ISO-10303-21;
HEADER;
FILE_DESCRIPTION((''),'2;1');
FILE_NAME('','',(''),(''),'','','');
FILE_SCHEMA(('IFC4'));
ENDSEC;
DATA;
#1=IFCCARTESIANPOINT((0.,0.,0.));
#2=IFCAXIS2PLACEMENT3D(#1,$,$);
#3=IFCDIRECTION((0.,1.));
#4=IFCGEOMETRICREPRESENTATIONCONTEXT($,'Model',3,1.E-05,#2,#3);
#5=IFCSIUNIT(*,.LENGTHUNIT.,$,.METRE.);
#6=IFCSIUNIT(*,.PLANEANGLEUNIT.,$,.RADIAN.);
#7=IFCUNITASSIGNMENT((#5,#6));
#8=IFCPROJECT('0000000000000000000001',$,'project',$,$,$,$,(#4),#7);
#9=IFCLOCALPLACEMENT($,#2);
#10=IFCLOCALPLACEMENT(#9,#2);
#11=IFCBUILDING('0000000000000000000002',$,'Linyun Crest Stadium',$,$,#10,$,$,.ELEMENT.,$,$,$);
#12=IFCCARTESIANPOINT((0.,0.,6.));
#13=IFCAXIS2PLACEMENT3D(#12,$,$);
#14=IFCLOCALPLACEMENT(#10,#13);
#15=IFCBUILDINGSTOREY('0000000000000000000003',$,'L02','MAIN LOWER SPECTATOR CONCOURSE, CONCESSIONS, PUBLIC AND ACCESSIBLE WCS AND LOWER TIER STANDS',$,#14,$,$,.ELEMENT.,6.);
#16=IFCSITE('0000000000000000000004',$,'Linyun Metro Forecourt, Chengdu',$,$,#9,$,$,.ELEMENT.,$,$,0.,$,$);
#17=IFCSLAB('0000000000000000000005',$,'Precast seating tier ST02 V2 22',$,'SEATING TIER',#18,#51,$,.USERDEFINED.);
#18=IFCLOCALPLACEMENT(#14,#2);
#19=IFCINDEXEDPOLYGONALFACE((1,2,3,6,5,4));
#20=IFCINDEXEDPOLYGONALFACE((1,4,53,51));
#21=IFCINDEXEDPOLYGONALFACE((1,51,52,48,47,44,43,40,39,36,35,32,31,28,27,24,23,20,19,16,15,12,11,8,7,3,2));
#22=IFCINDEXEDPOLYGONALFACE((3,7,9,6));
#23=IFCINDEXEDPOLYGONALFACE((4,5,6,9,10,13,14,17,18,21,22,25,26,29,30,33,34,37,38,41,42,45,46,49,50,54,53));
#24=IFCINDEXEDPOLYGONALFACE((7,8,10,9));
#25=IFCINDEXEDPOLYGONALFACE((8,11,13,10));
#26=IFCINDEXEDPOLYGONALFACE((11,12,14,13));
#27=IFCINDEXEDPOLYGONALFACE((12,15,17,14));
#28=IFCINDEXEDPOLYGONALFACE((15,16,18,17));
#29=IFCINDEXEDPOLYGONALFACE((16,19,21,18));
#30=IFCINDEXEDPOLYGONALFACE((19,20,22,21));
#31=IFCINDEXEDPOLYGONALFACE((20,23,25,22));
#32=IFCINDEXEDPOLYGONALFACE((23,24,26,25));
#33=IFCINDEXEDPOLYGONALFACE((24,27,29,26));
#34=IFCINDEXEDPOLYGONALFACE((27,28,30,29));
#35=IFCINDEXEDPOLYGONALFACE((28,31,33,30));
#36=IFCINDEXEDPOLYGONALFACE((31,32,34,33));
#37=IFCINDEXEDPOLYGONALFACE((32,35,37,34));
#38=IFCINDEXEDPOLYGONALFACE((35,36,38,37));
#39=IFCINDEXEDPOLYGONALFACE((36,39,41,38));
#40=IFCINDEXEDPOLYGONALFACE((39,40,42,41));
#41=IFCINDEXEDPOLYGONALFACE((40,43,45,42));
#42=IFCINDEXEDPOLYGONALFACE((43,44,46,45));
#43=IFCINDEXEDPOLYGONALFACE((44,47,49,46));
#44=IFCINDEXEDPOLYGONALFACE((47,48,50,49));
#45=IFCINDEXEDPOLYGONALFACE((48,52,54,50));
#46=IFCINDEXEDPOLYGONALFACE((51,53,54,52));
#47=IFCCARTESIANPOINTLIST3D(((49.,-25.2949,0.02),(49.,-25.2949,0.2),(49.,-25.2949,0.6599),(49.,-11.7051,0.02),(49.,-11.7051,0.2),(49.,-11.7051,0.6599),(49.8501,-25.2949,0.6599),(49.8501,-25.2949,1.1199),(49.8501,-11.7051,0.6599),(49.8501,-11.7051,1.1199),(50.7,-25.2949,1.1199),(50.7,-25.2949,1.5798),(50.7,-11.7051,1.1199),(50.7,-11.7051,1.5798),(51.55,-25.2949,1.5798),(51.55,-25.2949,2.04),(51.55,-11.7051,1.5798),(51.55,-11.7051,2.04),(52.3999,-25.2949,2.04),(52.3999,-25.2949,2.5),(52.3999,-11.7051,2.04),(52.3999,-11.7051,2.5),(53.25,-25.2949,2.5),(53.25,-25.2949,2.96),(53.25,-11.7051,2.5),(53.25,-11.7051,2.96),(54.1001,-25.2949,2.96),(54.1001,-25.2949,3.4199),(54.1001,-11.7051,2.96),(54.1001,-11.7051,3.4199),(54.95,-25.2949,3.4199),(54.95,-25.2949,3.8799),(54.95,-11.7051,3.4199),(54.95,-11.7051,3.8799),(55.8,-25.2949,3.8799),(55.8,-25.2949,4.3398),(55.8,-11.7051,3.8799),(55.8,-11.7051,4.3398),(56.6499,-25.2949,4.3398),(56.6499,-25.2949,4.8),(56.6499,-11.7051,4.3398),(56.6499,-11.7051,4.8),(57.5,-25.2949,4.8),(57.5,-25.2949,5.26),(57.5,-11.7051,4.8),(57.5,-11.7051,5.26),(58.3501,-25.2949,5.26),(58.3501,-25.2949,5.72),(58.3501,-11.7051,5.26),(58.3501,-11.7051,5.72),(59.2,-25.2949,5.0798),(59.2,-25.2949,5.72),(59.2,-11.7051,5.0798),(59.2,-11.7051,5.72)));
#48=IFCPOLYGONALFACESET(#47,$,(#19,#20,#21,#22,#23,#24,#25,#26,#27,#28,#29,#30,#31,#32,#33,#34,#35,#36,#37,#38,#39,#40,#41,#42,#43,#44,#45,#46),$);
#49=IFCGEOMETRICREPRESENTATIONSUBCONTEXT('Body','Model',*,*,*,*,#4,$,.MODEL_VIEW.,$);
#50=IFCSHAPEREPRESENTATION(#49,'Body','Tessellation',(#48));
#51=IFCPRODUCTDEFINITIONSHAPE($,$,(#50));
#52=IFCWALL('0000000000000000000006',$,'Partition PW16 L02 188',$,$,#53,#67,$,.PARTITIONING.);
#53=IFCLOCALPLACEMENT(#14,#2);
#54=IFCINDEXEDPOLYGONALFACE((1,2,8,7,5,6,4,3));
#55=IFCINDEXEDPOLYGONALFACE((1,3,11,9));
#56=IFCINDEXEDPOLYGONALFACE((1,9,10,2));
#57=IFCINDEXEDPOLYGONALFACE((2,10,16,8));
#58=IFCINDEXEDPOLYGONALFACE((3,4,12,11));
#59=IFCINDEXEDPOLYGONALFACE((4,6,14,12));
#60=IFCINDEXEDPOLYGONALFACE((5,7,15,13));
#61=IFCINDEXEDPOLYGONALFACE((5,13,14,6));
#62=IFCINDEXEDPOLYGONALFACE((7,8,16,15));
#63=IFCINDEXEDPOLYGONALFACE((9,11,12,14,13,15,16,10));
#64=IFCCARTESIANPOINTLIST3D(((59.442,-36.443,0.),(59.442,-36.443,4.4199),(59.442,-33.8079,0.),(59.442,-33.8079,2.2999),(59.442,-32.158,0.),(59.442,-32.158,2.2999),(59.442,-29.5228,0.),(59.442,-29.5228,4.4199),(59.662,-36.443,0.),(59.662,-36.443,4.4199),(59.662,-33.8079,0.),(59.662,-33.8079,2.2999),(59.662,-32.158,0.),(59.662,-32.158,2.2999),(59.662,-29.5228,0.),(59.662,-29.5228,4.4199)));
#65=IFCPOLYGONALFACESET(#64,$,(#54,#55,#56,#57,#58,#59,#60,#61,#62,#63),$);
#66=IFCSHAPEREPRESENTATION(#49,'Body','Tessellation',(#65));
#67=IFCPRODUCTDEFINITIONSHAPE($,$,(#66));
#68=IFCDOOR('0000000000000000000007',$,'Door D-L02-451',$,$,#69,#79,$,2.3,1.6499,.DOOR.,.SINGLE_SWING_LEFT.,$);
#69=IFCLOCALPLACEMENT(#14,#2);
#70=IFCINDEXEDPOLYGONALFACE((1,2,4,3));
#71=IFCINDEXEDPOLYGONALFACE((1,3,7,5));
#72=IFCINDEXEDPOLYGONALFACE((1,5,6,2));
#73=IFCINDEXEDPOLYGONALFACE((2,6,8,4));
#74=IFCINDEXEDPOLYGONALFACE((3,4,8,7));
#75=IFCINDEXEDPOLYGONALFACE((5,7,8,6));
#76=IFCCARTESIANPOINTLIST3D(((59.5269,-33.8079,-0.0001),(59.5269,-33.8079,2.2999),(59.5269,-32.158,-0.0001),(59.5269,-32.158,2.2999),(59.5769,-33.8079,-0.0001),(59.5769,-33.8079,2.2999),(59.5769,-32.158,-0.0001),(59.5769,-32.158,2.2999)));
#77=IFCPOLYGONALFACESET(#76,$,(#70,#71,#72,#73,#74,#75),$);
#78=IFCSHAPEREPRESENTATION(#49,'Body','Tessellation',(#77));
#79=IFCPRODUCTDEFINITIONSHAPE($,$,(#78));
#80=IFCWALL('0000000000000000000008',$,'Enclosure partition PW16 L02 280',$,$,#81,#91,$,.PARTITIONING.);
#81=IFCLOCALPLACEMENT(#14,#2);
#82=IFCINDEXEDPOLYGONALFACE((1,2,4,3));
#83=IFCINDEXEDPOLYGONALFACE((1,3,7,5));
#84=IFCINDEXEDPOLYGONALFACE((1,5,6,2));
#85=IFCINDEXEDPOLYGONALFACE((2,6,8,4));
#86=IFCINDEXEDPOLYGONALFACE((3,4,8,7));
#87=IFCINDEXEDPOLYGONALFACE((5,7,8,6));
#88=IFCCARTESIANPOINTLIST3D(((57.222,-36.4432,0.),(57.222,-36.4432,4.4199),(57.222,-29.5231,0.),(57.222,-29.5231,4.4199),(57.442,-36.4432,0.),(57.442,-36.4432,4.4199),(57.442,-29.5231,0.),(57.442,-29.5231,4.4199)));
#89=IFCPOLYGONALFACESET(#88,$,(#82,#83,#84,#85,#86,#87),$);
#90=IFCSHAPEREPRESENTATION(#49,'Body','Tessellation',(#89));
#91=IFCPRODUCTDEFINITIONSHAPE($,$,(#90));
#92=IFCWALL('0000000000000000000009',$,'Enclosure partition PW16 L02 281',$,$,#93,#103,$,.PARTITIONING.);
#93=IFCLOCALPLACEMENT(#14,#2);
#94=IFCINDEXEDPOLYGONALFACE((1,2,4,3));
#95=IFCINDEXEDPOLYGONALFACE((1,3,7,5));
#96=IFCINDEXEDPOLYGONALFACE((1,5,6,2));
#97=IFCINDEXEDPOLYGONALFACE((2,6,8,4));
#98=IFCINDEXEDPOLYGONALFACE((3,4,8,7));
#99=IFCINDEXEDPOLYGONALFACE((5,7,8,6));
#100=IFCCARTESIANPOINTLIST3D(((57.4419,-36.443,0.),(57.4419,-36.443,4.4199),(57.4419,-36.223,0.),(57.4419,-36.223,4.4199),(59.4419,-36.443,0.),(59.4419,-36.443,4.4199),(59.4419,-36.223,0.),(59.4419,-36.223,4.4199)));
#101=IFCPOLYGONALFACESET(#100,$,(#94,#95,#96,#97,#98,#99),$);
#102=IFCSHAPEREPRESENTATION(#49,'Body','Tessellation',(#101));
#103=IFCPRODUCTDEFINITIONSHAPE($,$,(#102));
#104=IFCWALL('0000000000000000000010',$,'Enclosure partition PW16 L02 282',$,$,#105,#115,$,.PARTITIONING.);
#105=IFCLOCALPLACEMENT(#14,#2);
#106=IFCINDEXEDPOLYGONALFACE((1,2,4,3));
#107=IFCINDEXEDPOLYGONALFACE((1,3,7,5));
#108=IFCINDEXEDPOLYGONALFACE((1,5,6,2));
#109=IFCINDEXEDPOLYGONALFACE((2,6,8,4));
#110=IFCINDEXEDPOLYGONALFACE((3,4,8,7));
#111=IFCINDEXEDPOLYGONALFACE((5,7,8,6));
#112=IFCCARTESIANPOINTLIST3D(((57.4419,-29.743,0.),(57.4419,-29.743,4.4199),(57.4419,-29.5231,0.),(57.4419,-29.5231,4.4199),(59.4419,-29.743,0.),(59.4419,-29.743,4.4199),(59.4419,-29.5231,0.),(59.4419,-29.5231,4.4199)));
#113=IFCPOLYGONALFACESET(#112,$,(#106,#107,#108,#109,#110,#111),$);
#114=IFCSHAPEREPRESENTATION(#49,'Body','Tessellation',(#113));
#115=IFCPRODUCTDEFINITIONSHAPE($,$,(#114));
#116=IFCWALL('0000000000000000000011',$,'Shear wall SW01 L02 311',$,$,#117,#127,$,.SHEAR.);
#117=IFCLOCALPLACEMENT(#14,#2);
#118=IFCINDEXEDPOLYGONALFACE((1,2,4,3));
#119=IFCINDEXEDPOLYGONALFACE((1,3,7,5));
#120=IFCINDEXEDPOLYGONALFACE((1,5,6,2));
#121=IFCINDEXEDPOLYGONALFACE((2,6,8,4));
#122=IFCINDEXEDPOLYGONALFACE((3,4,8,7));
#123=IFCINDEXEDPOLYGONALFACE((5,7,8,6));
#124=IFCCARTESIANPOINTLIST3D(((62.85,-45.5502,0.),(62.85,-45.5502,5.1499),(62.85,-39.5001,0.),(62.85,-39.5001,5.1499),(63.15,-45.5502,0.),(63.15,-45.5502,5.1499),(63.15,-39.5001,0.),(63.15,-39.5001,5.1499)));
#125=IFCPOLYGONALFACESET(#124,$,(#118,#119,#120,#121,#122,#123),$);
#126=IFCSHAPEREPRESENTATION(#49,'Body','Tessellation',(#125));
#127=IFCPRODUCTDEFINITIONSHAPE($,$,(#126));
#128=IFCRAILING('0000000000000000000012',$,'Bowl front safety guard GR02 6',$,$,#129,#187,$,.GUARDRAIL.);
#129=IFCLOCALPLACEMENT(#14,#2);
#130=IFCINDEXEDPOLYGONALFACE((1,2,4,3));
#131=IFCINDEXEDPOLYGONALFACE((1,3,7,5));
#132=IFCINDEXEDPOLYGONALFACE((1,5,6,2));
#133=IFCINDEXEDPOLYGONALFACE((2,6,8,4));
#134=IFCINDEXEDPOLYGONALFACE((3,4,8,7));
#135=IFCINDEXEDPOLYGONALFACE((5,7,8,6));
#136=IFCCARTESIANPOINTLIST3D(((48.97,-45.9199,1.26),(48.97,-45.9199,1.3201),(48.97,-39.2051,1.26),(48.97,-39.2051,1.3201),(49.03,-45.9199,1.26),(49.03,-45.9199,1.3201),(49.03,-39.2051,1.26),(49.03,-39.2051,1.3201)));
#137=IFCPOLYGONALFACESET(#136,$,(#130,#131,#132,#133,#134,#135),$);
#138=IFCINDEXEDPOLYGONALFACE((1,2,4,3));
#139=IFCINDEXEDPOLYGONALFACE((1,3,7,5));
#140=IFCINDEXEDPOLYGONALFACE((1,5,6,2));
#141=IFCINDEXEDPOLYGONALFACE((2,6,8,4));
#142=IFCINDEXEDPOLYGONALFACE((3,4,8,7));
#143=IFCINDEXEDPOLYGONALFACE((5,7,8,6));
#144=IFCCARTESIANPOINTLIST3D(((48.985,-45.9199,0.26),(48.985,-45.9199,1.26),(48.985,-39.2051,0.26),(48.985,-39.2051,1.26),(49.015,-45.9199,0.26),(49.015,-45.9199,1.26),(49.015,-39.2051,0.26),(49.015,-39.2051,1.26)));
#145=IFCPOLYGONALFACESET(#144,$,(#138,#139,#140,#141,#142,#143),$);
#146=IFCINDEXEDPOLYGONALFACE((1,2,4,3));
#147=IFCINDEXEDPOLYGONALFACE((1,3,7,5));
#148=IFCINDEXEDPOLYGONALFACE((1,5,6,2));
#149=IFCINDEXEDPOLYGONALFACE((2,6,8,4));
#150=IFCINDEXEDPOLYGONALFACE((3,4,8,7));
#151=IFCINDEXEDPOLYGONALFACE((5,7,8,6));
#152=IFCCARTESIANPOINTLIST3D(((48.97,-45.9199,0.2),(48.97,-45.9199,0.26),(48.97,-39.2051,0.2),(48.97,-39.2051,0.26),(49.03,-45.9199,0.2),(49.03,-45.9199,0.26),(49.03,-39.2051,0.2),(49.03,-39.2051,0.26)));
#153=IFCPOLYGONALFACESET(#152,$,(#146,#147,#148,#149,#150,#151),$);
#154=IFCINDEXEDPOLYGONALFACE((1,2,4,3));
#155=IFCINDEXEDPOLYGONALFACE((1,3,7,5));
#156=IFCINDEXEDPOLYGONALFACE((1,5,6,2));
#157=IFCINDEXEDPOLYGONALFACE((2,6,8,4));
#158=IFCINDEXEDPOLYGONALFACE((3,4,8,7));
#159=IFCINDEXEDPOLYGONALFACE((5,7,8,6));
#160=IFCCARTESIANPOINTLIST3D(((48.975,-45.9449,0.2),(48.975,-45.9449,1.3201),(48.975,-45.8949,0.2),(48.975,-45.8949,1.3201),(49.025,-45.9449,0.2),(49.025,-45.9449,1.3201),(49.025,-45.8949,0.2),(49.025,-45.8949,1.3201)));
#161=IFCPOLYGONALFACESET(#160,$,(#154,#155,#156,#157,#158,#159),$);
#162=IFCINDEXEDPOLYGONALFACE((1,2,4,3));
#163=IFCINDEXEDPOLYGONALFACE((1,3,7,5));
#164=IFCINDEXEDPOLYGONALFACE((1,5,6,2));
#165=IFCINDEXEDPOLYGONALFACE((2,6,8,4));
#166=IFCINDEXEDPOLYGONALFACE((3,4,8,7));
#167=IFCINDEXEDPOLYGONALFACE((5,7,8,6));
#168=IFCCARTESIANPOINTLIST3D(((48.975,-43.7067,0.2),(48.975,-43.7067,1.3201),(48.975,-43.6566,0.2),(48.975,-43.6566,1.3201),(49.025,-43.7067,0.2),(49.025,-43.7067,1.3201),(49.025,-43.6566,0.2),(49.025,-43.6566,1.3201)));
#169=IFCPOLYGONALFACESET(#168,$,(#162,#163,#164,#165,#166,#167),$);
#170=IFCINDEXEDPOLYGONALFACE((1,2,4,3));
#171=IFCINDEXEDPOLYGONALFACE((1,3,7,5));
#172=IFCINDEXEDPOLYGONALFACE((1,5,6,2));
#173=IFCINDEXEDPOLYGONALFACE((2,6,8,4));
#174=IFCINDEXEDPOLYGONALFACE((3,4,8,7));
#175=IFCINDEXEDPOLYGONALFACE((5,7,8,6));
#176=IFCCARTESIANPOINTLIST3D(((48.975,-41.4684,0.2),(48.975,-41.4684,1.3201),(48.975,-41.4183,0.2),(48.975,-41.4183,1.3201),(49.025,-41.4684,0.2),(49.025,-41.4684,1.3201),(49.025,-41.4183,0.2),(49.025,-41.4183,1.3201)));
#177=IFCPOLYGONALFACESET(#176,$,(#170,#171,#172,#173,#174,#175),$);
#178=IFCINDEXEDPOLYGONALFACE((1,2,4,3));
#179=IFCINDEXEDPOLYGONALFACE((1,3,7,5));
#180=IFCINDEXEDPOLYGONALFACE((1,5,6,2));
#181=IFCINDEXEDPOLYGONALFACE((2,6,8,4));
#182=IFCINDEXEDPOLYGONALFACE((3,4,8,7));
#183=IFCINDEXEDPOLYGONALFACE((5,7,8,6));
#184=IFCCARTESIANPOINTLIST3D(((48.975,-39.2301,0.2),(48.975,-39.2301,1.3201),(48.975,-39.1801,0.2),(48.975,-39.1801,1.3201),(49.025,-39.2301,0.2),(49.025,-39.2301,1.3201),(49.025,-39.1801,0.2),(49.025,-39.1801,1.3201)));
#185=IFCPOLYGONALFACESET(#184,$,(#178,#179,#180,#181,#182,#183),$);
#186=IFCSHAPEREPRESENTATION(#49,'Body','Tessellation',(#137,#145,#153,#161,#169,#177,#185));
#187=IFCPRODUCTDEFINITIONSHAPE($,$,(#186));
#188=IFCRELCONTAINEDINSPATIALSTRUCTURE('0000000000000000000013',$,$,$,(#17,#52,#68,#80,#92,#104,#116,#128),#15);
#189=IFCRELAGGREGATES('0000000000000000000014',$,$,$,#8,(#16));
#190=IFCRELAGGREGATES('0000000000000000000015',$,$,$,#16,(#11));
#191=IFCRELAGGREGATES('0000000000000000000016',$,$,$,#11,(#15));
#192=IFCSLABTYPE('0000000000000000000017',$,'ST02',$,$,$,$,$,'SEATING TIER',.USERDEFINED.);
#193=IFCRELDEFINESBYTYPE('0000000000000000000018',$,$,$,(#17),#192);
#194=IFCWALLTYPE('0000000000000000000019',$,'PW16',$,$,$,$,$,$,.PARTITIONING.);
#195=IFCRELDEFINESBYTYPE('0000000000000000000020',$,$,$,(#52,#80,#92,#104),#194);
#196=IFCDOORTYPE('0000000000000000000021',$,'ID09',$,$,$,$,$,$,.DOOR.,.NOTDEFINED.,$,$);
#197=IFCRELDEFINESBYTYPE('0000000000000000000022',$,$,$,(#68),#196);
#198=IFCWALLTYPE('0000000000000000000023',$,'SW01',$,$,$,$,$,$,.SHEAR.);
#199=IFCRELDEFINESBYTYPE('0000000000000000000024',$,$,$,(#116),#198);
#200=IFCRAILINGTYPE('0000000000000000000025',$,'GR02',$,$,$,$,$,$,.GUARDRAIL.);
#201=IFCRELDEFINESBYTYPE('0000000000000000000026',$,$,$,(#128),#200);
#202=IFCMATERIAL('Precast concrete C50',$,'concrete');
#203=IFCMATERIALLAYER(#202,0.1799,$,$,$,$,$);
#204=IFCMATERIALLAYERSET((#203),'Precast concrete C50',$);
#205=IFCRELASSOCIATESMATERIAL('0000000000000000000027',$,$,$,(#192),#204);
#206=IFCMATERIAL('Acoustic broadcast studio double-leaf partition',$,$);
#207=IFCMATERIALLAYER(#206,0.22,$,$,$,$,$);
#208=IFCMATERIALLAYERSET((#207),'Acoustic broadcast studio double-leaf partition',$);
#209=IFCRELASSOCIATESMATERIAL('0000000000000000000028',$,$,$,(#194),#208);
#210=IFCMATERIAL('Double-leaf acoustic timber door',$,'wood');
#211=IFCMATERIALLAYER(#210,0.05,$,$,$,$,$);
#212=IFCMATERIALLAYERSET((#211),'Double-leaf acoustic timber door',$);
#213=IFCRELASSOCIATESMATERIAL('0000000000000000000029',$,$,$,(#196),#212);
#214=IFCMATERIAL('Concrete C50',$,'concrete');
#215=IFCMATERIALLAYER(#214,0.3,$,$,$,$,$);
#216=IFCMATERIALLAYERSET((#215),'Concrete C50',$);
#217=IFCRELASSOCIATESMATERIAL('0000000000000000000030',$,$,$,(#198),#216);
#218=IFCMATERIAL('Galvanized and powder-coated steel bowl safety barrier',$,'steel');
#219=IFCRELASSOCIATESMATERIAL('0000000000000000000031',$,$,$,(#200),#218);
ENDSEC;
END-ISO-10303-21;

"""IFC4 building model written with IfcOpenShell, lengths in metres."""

from ifc_helpers import new_model, si_unit, direction, frame, frame_2d, origin, origin_2d, place, context, subcontext, project, spatial, polyline, rectangle, outline, extrude, material, layer, layer_set, type_object, element, fill, save


model = new_model("IFC4")

# Units and contexts
model_context = context("Model", 3, precision=1e-05, world=origin(), true_north=direction((0.0, 1.0)))
body_context = subcontext(model_context, "Body", "Model", "MODEL_VIEW")
ifc_project = project(units=[si_unit("LENGTHUNIT", "METRE"), si_unit("PLANEANGLEUNIT", "RADIAN")], contexts=[model_context])

# Site, building, storey
site_placement = place(None, origin())
site = spatial("IfcSite", under=ifc_project, at=site_placement, Name="Linyun Metro Forecourt, Chengdu", CompositionType="ELEMENT", RefElevation=0.0)
building_placement = place(site_placement, origin())
building = spatial("IfcBuilding", under=site, at=building_placement, Name="Linyun Crest Stadium", CompositionType="ELEMENT")
storey_placement = place(building_placement, frame((0.0, 0.0, 6.0)))
storey = spatial("IfcBuildingStorey", under=building, at=storey_placement, Name="L02", Description="MAIN LOWER SPECTATOR CONCOURSE, CONCESSIONS, PUBLIC AND ACCESSIBLE WCS AND LOWER TIER STANDS", CompositionType="ELEMENT", Elevation=6.0)

# Slab
ifc_material_1 = material(Name="Precast concrete C50", Category="concrete")
ifc_layer_1 = layer(ifc_material_1, 0.1799)
ifc_layer_set_1 = layer_set([ifc_layer_1], Name="Precast concrete C50")
slab_type = type_object("IfcSlabType", Name="ST02", ElementType="SEATING TIER", PredefinedType="USERDEFINED", material=ifc_layer_set_1)
for number, where, z_axis, x_axis, name in (
    (1, (49.0, -25.2949, 0.2), (0.0, 0.0, 1.0), (1.0, 0.0, 0.0), "Precast seating tier ST02 V2 22"),
):
    element("IfcSlab", number, at=place(storey_placement, frame(where, z_axis=z_axis, x_axis=x_axis)), inside=storey, type_object=slab_type, Name=name, ObjectType="SEATING TIER", PredefinedType="USERDEFINED", context=body_context, shape_type="SweptSolid", body=[
        extrude(outline(polyline([(0.0, 0.0), (0.0, -0.46), (0.8501, -0.46), (0.8501, -0.9199), (1.7, -0.9199), (1.7, -1.3799), (2.55, -1.3799), (2.55, -1.8401), (3.3999, -1.8401), (3.3999, -2.3), (4.25, -2.3), (4.25, -2.76), (5.1001, -2.76), (5.1001, -3.22), (5.95, -3.22), (5.95, -3.6799), (6.8, -3.6799), (6.8, -4.1399), (7.6499, -4.1399), (7.6499, -4.6001), (8.5, -4.6001), (8.5, -5.0601), (9.3501, -5.0601), (9.3501, -5.52), (10.2, -5.52), (10.2, -4.8799), (0.0, 0.1799), (0.0, 0.0)])), frame((0.0, 0.0, 0.0), z_axis=(0.0, 1.0, 0.0), x_axis=(1.0, 0.0, 0.0)), (0.0, 0.0, 1.0), 13.5898),
    ])

# Wall, opening, door
ifc_material_2 = material(Name="Acoustic broadcast studio double-leaf partition")
ifc_layer_2 = layer(ifc_material_2, 0.22)
ifc_layer_set_2 = layer_set([ifc_layer_2], Name="Acoustic broadcast studio double-leaf partition")
wall_type_1 = type_object("IfcWallType", Name="PW16", PredefinedType="PARTITIONING", material=ifc_layer_set_2)
wall_1_placement = place(storey_placement, frame((59.552, -29.5229, 0.0), z_axis=(0.0, 0.0, 1.0), x_axis=(0.0, -1.0, 0.0)))
wall_1 = element("IfcWall", 2, at=wall_1_placement, inside=storey, type_object=wall_type_1, Name="Partition PW16 L02 188", PredefinedType="PARTITIONING", context=body_context, shape_type="SweptSolid", body=[
    extrude(rectangle(XDim=6.9202, YDim=0.22, at=frame_2d((3.46, 0.0))), origin(), (0.0, 0.0, 1.0), 4.4199),
])
opening_placement = place(wall_1_placement, frame((2.635, 0.0, 0.0)))
opening = element("IfcOpeningElement", 3, at=opening_placement, cuts=wall_1, PredefinedType="OPENING", context=body_context, shape_type="SweptSolid", body=[
    extrude(rectangle(XDim=1.6499, YDim=2.3, at=frame_2d((0.825, 1.1499))), frame((0.0, 0.1199, 0.0), z_axis=(0.0, -1.0, 0.0), x_axis=(1.0, 0.0, 0.0)), (0.0, 0.0, 1.0), 0.24),
])
ifc_material_3 = material(Name="Double-leaf acoustic timber door", Category="wood")
ifc_layer_3 = layer(ifc_material_3, 0.05)
ifc_layer_set_3 = layer_set([ifc_layer_3], Name="Double-leaf acoustic timber door")
door_type = type_object("IfcDoorType", Name="ID09", OperationType="NOTDEFINED", PredefinedType="DOOR", material=ifc_layer_set_3)
door_placement = place(opening_placement, origin())
door = element("IfcDoor", 4, at=door_placement, inside=storey, type_object=door_type, Name="Door D-L02-451", OperationType="SINGLE_SWING_LEFT", OverallHeight=2.3, OverallWidth=1.6499, PredefinedType="DOOR", context=body_context, shape_type="SweptSolid", body=[
    extrude(rectangle(XDim=1.6499, YDim=2.3, at=frame_2d((0.825, 1.1499))), frame((0.0, 0.0249, 0.0), z_axis=(0.0, -1.0, 0.0), x_axis=(1.0, 0.0, 0.0)), (0.0, 0.0, 1.0), 0.05),
])
fill(opening, door)

# Walls
wall_2_placement = place(storey_placement, frame((57.332, -36.4431, 0.0), z_axis=(0.0, 0.0, 1.0), x_axis=(0.0, 1.0, 0.0)))
element("IfcWall", 5, at=wall_2_placement, inside=storey, type_object=wall_type_1, Name="Enclosure partition PW16 L02 280", PredefinedType="PARTITIONING", context=body_context, shape_type="SweptSolid", body=[
    extrude(rectangle(XDim=6.9202, YDim=0.22, at=frame_2d((3.46, 0.0))), origin(), (0.0, 0.0, 1.0), 4.4199),
])
for number, where, z_axis, x_axis, name in (
    (6, (57.4419, -36.333, 0.0), (0.0, 0.0, 1.0), (1.0, 0.0, 0.0), "Enclosure partition PW16 L02 281"),
    (7, (57.4419, -29.6331, 0.0), (0.0, 0.0, 1.0), (1.0, 0.0, 0.0), "Enclosure partition PW16 L02 282"),
):
    element("IfcWall", number, at=place(storey_placement, frame(where, z_axis=z_axis, x_axis=x_axis)), inside=storey, type_object=wall_type_1, Name=name, PredefinedType="PARTITIONING", context=body_context, shape_type="SweptSolid", body=[
        extrude(rectangle(XDim=2.0, YDim=0.22, at=frame_2d((1.0, 0.0))), origin(), (0.0, 0.0, 1.0), 4.4199),
    ])
ifc_material_4 = material(Name="Concrete C50", Category="concrete")
ifc_layer_4 = layer(ifc_material_4, 0.3)
ifc_layer_set_4 = layer_set([ifc_layer_4], Name="Concrete C50")
wall_type_2 = type_object("IfcWallType", Name="SW01", PredefinedType="SHEAR", material=ifc_layer_set_4)
wall_3_placement = place(storey_placement, frame((63.0, -45.55, 0.0), z_axis=(0.0, 0.0, 1.0), x_axis=(0.0, 1.0, 0.0)))
element("IfcWall", 8, at=wall_3_placement, inside=storey, type_object=wall_type_2, Name="Shear wall SW01 L02 311", PredefinedType="SHEAR", context=body_context, shape_type="SweptSolid", body=[
    extrude(rectangle(XDim=6.05, YDim=0.3, at=frame_2d((3.0249, 0.0))), origin(), (0.0, 0.0, 1.0), 5.1499),
])

# Railing
ifc_material_5 = material(Name="Galvanized and powder-coated steel bowl safety barrier", Category="steel")
railing_type = type_object("IfcRailingType", Name="GR02", PredefinedType="GUARDRAIL", material=ifc_material_5)
railing_1_placement = place(storey_placement, frame((49.0, -45.9199, 0.2)))
element("IfcRailing", 9, at=railing_1_placement, inside=storey, type_object=railing_type, Name="Bowl front safety guard GR02 6", PredefinedType="GUARDRAIL", context=body_context, shape_type="SweptSolid", body=[
    extrude(rectangle(XDim=0.0601, YDim=0.0601, at=origin_2d()), frame((0.0, 0.0, 1.0901), z_axis=(0.0, 1.0, 0.0), x_axis=(-1.0, 0.0, 0.0)), (0.0, 0.0, 1.0), 6.7148),
    extrude(rectangle(XDim=0.03, YDim=1.0, at=origin_2d()), frame((0.0, 0.0, 0.5601), z_axis=(0.0, 1.0, 0.0), x_axis=(-1.0, 0.0, 0.0)), (0.0, 0.0, 1.0), 6.7148),
    extrude(rectangle(XDim=0.0601, YDim=0.0601, at=origin_2d()), frame((0.0, 0.0, 0.03), z_axis=(0.0, 1.0, 0.0), x_axis=(-1.0, 0.0, 0.0)), (0.0, 0.0, 1.0), 6.7148),
    extrude(rectangle(XDim=0.05, YDim=0.05, at=origin_2d()), origin(), (0.0, 0.0, 1.0), 1.1201),
    extrude(rectangle(XDim=0.05, YDim=0.05, at=origin_2d()), frame((0.0, 2.2383, 0.0)), (0.0, 0.0, 1.0), 1.1201),
    extrude(rectangle(XDim=0.05, YDim=0.05, at=origin_2d()), frame((0.0, 4.4766, 0.0)), (0.0, 0.0, 1.0), 1.1201),
    extrude(rectangle(XDim=0.05, YDim=0.05, at=origin_2d()), frame((0.0, 6.7148, 0.0)), (0.0, 0.0, 1.0), 1.1201),
])

save(model, "model.ifc")
